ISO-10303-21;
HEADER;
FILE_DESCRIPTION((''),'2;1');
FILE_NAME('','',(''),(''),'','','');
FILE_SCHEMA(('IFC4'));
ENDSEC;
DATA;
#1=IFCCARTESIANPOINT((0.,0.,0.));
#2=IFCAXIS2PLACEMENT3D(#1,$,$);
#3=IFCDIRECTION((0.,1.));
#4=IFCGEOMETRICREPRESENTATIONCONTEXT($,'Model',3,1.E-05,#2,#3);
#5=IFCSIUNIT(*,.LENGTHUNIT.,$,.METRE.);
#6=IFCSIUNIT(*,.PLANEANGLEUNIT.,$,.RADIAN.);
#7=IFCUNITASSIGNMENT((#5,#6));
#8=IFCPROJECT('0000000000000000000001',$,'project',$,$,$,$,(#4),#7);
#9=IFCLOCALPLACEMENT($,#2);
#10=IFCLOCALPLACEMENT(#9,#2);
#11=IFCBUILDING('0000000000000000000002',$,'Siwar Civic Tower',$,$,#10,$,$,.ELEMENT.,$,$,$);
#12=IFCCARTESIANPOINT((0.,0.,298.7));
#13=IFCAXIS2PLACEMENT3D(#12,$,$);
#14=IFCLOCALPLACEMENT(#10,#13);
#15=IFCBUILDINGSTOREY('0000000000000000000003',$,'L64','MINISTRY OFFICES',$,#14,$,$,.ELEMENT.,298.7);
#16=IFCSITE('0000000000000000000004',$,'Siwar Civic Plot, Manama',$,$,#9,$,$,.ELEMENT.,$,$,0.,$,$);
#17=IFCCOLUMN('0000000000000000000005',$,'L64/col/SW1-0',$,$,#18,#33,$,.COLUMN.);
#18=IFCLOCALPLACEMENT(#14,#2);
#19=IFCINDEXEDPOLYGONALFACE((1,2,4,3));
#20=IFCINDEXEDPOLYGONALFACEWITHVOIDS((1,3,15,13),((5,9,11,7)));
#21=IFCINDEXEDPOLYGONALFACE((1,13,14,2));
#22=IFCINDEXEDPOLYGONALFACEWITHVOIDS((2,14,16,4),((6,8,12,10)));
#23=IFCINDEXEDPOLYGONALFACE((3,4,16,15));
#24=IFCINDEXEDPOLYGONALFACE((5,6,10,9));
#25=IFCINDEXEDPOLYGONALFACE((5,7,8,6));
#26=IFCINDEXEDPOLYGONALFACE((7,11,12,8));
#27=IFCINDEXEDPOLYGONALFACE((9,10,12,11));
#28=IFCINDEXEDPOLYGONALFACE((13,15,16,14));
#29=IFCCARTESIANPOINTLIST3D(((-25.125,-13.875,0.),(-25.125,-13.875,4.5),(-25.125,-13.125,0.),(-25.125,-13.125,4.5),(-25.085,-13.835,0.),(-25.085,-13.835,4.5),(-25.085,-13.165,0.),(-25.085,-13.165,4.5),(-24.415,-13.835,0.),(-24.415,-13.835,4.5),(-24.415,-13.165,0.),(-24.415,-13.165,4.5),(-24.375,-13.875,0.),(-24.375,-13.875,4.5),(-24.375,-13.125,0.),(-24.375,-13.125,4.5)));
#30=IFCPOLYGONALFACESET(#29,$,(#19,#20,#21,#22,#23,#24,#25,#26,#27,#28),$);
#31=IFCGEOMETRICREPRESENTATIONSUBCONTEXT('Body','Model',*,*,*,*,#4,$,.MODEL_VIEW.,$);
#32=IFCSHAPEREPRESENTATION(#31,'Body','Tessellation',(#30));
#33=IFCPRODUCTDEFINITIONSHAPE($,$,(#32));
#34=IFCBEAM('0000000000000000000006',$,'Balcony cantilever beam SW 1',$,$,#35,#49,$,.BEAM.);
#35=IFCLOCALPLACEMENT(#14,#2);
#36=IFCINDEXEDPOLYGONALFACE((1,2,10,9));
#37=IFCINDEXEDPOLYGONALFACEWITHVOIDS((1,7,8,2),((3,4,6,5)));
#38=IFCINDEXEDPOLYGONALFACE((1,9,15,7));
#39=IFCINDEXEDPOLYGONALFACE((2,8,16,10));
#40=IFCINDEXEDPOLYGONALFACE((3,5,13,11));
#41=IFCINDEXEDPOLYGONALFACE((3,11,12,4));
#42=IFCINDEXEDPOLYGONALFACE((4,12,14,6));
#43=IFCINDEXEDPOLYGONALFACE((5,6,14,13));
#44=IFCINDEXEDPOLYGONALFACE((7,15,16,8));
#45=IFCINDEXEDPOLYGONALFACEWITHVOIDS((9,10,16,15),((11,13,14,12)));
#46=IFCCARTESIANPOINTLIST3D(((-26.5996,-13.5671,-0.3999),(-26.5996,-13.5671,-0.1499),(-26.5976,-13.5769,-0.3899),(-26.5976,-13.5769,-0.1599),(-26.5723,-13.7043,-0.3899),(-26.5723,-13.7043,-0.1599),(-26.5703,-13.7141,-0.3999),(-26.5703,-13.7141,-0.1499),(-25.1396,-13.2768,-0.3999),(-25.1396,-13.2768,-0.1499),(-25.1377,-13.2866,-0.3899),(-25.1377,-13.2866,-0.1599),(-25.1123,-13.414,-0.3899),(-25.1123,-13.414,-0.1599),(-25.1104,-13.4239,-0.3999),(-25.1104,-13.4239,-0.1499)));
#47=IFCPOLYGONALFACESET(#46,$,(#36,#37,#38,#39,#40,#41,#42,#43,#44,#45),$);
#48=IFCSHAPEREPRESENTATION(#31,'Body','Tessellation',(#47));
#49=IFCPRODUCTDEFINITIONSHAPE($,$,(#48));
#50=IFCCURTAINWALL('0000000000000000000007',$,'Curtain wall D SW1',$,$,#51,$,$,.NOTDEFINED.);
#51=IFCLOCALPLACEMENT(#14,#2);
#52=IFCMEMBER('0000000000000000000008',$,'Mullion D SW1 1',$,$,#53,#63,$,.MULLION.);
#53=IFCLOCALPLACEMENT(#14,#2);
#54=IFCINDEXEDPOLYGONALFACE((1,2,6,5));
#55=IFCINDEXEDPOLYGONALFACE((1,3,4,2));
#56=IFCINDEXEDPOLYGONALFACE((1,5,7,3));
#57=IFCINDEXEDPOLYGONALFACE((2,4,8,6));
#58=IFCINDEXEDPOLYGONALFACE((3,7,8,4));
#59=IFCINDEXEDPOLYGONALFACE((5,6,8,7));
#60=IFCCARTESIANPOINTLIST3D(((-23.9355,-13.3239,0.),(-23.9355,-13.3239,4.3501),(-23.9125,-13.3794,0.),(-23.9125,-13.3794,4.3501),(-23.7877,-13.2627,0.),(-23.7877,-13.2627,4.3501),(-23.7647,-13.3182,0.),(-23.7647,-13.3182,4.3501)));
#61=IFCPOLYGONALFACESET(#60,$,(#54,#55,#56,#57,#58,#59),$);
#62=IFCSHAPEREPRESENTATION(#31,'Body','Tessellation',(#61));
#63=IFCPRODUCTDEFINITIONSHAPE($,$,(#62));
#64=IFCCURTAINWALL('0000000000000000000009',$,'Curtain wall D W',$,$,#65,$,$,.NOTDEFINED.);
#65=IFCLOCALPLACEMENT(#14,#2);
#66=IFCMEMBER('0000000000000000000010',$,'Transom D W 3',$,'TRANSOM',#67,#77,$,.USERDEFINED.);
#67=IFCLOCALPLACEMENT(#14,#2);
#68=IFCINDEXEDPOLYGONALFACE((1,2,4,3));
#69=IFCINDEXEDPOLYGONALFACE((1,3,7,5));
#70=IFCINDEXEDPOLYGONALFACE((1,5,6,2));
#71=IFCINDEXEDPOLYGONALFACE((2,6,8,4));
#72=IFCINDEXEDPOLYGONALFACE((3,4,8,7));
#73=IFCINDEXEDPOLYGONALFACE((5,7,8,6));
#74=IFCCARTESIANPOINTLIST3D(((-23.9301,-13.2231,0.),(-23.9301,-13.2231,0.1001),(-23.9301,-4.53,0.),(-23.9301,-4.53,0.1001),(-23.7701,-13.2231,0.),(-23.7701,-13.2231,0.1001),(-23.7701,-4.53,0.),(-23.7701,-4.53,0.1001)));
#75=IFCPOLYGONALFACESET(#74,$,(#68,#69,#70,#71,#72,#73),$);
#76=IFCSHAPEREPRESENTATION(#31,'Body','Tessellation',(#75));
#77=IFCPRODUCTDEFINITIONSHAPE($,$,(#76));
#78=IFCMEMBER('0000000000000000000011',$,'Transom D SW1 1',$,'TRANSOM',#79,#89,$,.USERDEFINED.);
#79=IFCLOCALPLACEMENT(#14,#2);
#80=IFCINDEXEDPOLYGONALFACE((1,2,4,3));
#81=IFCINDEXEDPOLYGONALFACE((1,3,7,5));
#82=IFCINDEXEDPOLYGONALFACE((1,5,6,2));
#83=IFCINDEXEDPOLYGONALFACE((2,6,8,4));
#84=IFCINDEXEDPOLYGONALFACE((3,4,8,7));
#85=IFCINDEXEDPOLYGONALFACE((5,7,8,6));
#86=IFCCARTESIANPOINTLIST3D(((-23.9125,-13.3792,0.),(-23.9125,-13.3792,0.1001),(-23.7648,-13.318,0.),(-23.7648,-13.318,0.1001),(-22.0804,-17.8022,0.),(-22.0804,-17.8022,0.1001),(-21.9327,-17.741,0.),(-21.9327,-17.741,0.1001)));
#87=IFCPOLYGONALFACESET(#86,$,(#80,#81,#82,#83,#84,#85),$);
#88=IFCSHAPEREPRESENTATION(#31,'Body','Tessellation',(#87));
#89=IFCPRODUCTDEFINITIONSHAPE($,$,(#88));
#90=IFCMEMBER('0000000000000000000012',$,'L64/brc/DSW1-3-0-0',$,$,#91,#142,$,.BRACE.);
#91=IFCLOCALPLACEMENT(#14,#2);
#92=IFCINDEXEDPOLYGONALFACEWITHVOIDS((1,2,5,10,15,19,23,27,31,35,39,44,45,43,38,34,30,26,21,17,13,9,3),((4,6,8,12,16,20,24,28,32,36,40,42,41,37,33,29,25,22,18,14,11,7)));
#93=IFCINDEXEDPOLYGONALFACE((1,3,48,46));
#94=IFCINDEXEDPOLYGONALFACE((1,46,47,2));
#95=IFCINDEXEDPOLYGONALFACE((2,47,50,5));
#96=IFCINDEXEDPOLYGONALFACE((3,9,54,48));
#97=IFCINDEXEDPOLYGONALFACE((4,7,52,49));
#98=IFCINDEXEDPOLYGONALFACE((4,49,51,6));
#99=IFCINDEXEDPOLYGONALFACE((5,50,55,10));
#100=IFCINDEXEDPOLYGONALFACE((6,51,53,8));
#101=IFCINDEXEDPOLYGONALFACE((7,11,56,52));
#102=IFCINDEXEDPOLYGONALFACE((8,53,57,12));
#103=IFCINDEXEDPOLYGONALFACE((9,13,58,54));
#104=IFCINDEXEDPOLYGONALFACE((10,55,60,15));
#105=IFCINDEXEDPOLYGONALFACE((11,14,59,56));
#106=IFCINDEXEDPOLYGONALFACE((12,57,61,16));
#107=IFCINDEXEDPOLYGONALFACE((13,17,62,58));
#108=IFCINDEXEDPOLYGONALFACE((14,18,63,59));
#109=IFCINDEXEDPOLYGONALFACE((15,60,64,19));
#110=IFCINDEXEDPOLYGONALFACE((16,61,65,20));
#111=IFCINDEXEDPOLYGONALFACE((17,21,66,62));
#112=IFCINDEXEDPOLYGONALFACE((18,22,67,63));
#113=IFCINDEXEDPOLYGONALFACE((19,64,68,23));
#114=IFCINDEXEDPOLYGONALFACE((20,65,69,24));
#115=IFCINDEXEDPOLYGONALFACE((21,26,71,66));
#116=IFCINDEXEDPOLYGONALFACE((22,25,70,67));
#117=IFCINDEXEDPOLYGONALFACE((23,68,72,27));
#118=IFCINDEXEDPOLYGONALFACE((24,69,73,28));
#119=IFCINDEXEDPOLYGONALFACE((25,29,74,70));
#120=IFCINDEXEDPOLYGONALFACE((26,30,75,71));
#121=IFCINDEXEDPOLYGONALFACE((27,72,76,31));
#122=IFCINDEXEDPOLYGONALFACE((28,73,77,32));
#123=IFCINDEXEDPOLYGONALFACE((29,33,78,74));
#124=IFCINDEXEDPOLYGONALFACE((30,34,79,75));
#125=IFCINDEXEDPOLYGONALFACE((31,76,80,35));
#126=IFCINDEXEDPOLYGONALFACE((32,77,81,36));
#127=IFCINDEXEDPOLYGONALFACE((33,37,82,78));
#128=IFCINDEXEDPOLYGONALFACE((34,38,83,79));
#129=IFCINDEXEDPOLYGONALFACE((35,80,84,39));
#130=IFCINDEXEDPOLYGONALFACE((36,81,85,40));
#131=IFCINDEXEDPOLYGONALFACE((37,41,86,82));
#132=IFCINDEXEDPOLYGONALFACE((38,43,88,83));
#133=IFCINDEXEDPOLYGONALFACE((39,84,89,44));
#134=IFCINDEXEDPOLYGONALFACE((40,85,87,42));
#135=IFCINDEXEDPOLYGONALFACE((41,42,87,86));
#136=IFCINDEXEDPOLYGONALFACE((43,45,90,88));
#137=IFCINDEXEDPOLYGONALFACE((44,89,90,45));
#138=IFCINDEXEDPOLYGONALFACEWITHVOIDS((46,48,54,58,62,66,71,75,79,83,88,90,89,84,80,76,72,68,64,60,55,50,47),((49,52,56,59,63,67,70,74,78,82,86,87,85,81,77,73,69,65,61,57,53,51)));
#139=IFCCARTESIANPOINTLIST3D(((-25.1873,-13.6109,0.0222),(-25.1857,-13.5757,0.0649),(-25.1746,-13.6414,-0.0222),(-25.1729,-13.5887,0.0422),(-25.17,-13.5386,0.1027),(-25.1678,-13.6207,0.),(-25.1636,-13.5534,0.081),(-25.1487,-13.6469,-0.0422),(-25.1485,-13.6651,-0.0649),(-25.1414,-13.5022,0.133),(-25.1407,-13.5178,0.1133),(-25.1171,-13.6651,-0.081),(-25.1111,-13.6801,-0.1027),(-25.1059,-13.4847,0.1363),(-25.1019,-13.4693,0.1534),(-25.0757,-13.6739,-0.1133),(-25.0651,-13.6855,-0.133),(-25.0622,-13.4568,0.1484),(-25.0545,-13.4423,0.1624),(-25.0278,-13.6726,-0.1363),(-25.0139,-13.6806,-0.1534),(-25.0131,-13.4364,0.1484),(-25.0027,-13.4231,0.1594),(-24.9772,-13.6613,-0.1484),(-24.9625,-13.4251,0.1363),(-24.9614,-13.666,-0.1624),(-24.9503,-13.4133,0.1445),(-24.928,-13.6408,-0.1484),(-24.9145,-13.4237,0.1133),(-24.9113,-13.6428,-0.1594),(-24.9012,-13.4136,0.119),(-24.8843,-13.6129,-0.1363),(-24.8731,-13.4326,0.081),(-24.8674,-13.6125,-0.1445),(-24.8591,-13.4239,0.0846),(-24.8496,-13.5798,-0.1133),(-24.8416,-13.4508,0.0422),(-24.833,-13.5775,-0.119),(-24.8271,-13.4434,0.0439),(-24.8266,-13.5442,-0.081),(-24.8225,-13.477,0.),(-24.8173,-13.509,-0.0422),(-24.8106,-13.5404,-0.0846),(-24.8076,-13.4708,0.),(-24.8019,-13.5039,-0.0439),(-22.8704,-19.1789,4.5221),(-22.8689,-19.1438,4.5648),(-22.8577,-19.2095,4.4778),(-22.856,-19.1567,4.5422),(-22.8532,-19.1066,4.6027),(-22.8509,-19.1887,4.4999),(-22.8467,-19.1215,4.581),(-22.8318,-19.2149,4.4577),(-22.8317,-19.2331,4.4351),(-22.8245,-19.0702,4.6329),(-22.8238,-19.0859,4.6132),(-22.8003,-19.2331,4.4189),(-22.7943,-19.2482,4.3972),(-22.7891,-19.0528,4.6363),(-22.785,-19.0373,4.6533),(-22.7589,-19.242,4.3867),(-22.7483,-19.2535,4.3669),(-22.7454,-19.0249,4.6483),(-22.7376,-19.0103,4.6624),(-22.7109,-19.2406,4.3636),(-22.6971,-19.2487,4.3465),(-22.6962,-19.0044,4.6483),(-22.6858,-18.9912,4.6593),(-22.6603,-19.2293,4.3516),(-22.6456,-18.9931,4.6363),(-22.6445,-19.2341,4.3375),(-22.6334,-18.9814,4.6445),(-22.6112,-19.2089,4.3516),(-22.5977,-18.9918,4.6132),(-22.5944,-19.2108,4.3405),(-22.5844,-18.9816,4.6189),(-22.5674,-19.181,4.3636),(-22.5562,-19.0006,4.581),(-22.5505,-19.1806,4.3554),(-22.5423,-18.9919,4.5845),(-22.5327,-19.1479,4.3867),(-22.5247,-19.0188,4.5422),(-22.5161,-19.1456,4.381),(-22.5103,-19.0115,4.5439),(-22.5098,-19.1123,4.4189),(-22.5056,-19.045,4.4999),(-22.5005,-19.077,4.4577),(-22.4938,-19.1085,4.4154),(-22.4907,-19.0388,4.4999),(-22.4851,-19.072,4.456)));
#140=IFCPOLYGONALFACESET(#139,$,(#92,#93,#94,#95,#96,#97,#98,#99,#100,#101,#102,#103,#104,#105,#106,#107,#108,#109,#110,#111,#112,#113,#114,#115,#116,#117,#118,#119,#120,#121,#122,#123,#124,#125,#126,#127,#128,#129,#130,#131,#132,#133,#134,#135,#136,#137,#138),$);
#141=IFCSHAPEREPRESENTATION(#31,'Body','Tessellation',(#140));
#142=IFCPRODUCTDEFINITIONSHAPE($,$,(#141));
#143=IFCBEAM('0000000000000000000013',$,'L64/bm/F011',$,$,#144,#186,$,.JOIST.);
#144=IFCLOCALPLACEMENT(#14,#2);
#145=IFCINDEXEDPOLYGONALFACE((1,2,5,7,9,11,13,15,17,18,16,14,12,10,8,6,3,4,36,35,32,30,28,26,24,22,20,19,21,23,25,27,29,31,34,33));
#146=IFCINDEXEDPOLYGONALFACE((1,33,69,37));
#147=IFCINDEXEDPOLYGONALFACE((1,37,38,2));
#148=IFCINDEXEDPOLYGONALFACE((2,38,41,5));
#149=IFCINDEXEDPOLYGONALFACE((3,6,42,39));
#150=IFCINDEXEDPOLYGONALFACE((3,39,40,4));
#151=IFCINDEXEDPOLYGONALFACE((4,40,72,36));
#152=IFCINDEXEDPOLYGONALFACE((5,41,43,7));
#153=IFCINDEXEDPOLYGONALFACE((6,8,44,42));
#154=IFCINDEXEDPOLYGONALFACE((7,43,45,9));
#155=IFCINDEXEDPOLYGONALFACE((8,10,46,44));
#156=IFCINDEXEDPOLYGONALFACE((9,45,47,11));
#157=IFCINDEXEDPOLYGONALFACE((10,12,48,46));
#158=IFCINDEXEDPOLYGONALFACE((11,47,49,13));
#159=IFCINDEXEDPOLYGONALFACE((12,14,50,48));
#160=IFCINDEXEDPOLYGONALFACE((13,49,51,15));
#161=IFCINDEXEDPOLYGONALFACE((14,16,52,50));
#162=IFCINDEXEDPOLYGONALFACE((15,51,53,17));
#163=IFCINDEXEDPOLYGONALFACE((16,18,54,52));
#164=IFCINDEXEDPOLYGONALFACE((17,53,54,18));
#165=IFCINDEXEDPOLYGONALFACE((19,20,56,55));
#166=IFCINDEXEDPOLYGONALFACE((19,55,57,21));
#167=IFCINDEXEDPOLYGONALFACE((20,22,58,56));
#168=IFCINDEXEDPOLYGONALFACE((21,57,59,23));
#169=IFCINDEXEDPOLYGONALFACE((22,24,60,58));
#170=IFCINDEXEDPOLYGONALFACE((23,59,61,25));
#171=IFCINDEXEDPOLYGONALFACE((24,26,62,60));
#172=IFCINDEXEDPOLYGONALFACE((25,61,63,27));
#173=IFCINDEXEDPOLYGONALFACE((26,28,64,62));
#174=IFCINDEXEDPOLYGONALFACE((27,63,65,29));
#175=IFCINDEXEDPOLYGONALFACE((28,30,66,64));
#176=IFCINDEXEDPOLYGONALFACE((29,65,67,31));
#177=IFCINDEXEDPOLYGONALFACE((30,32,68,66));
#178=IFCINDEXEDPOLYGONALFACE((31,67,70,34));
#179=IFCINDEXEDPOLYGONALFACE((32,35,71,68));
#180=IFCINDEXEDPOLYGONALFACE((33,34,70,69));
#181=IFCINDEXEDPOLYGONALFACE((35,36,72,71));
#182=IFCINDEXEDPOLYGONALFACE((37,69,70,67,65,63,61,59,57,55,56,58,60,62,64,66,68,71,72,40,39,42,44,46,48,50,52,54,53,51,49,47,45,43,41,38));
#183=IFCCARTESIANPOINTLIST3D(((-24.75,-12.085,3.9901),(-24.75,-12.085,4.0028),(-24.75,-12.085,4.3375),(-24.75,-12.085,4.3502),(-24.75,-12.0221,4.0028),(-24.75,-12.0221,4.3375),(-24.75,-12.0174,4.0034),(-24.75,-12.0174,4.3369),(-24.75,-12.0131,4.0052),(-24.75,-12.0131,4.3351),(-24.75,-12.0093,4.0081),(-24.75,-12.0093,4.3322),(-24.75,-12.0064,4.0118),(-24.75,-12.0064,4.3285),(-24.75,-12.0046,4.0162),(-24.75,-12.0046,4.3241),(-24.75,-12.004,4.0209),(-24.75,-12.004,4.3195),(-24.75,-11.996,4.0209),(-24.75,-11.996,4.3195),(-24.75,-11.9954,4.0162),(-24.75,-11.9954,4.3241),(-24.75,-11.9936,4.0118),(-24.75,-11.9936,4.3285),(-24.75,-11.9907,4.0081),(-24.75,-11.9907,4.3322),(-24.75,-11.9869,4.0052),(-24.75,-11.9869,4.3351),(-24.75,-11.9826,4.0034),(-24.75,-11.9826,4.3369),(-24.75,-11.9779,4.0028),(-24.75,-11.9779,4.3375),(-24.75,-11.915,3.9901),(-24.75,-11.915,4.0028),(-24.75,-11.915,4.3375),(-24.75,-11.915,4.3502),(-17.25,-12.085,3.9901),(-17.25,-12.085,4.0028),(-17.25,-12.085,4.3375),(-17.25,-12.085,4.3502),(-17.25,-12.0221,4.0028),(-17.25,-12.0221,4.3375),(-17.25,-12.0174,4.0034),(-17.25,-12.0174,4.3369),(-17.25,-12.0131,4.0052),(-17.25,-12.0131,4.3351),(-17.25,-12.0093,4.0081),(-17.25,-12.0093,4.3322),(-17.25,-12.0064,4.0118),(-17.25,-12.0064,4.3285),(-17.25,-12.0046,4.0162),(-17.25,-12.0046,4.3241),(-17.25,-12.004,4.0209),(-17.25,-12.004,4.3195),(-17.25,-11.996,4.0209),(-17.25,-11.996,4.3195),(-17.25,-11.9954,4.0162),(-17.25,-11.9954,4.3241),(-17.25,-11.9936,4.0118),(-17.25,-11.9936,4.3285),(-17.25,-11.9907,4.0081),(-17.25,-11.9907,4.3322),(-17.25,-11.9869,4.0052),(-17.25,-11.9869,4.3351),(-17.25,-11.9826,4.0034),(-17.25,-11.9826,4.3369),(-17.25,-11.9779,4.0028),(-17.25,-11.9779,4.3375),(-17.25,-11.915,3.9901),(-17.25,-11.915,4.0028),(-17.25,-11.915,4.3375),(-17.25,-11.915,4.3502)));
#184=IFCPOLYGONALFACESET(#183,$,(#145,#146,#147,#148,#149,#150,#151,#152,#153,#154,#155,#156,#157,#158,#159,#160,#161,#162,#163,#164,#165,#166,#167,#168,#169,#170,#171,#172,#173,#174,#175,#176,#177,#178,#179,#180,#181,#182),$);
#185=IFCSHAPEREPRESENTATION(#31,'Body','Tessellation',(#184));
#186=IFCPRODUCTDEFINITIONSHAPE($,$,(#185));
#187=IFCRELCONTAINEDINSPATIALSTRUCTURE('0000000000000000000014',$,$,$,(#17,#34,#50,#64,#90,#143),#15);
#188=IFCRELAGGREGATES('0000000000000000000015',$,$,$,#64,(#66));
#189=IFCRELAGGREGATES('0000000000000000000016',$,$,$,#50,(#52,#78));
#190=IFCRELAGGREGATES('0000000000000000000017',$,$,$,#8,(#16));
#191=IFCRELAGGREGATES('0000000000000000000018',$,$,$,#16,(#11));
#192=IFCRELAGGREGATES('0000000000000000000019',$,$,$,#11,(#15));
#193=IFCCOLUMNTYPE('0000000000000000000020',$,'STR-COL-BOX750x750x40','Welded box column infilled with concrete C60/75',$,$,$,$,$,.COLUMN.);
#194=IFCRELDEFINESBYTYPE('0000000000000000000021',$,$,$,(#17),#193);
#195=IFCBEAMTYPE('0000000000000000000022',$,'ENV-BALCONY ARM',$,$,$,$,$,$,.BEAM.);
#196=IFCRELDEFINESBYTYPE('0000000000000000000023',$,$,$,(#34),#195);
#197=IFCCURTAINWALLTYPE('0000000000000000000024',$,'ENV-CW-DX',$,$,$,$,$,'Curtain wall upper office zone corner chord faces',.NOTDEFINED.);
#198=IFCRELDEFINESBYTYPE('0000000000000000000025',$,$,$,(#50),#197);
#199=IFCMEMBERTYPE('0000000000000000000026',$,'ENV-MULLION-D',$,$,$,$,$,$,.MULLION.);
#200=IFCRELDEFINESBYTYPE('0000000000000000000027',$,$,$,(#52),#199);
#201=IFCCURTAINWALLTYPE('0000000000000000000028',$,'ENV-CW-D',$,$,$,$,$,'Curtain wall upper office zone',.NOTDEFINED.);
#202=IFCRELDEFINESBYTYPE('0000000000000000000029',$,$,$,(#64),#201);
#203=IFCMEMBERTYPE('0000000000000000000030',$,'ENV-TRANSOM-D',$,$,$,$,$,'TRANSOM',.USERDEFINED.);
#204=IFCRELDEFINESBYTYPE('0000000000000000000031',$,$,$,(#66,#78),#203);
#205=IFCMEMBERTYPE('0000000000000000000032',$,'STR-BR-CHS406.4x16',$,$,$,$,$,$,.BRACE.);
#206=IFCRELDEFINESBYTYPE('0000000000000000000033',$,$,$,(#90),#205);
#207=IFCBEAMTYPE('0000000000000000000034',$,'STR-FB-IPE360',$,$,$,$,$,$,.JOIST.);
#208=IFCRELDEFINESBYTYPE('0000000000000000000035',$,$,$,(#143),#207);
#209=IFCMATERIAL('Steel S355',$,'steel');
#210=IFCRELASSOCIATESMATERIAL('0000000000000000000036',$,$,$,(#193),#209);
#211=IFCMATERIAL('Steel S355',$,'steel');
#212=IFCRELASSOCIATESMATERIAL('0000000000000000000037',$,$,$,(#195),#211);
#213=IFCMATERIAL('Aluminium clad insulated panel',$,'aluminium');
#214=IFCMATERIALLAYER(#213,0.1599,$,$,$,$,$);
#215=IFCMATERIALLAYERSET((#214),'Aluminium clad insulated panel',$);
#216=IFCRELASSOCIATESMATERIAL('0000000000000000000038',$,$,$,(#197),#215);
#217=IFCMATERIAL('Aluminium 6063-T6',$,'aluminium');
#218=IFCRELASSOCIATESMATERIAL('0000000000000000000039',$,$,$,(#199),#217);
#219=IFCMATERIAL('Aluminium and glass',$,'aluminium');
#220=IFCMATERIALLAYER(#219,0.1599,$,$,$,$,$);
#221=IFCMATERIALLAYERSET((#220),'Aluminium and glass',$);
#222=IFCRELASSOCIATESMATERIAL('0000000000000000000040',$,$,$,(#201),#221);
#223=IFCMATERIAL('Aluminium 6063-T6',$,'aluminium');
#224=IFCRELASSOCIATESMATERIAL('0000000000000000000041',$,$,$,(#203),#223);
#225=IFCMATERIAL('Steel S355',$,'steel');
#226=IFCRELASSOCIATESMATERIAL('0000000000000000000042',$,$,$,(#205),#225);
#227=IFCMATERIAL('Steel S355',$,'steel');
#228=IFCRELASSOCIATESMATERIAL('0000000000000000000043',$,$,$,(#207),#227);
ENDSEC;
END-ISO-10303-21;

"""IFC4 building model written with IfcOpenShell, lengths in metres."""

from ifc_helpers import new_model, si_unit, direction, frame, origin, origin_2d, place, context, subcontext, project, spatial, rectangle, hollow_rectangle, hollow_circle, i_section, extrude, material, layer, layer_set, material_profile, profile_set, type_object, element, aggregate, save


model = new_model("IFC4")

# Units and contexts
model_context = context("Model", 3, precision=1e-05, world=origin(), true_north=direction((0.0, 1.0)))
body_context = subcontext(model_context, "Body", "Model", "MODEL_VIEW")
ifc_project = project(units=[si_unit("LENGTHUNIT", "METRE"), si_unit("PLANEANGLEUNIT", "RADIAN")], contexts=[model_context])

# Site, building, storey
site_placement = place(None, origin())
site = spatial("IfcSite", under=ifc_project, at=site_placement, Name="Siwar Civic Plot, Manama", CompositionType="ELEMENT", RefElevation=0.0)
building_placement = place(site_placement, origin())
building = spatial("IfcBuilding", under=site, at=building_placement, Name="Siwar Civic Tower", CompositionType="ELEMENT")
storey_placement = place(building_placement, frame((0.0, 0.0, 298.7)))
storey = spatial("IfcBuildingStorey", under=building, at=storey_placement, Name="L64", Description="MINISTRY OFFICES", CompositionType="ELEMENT", Elevation=298.7)

# Column
ifc_material_1 = material(Name="Steel S355", Category="steel")
ifc_material_profile_1 = material_profile(ifc_material_1, hollow_rectangle(XDim=0.75, YDim=0.75, WallThickness=0.04, at=origin_2d()), Name="BOX750x750x40")
ifc_profile_set_1 = profile_set([ifc_material_profile_1], Name="Steel S355")
column_type = type_object("IfcColumnType", Name="STR-COL-BOX750x750x40", Description="Welded box column infilled with concrete C60/75", PredefinedType="COLUMN", material=ifc_profile_set_1)
column_placement = place(storey_placement, frame((-24.75, -13.5, 0.0), z_axis=(0.0, 0.0, 1.0), x_axis=(1.0, 0.0, 0.0)))
element("IfcColumn", 1, at=column_placement, inside=storey, type_object=column_type, Name="L64/col/SW1-0", PredefinedType="COLUMN", context=body_context, shape_type="SweptSolid", body=[
    extrude(hollow_rectangle(XDim=0.75, YDim=0.75, WallThickness=0.04, at=origin_2d()), origin(), (0.0, 0.0, 1.0), 4.5),
])

# Beam
ifc_material_2 = material(Name="Steel S355", Category="steel")
ifc_material_profile_2 = material_profile(ifc_material_2, hollow_rectangle(XDim=0.1499, YDim=0.25, WallThickness=0.01, at=origin_2d()), Name="RHS250x150x10")
ifc_profile_set_2 = profile_set([ifc_material_profile_2], Name="Steel S355")
beam_type_1 = type_object("IfcBeamType", Name="ENV-BALCONY ARM", PredefinedType="BEAM", material=ifc_profile_set_2)
beam_1_placement = place(storey_placement, frame((-25.125, -13.3503, -0.2749), z_axis=(-0.980801, -0.195012, 0.0), x_axis=(0.195012, -0.980801, 0.0)))
element("IfcBeam", 2, at=beam_1_placement, inside=storey, type_object=beam_type_1, Name="Balcony cantilever beam SW 1", PredefinedType="BEAM", context=body_context, shape_type="SweptSolid", body=[
    extrude(hollow_rectangle(XDim=0.1499, YDim=0.25, WallThickness=0.01, at=origin_2d()), origin(), (0.0, 0.0, 1.0), 1.4885),
])

# Curtain walls, members
ifc_material_3 = material(Name="Aluminium clad insulated panel", Category="aluminium")
ifc_layer_1 = layer(ifc_material_3, 0.1599)
ifc_layer_set_1 = layer_set([ifc_layer_1], Name="Aluminium clad insulated panel")
curtain_wall_type_1 = type_object("IfcCurtainWallType", Name="ENV-CW-DX", ElementType="Curtain wall upper office zone corner chord faces", PredefinedType="NOTDEFINED", material=ifc_layer_set_1)
curtain_wall_1_placement = place(storey_placement, origin())
curtain_wall_1 = element("IfcCurtainWall", 3, at=curtain_wall_1_placement, inside=storey, type_object=curtain_wall_type_1, Name="Curtain wall D SW1", PredefinedType="NOTDEFINED")
ifc_material_4 = material(Name="Aluminium 6063-T6", Category="aluminium")
ifc_material_profile_3 = material_profile(ifc_material_4, rectangle(XDim=0.1599, YDim=0.0601, at=origin_2d()), Name="AL 160x60")
ifc_profile_set_3 = profile_set([ifc_material_profile_3], Name="Aluminium 6063-T6")
member_type_1 = type_object("IfcMemberType", Name="ENV-MULLION-D", PredefinedType="MULLION", material=ifc_profile_set_3)
member_1_placement = place(storey_placement, frame((-23.8501, -13.321, 0.0), z_axis=(0.0, 0.0, 1.0), x_axis=(0.92388, 0.382683, 0.0)))
member_1 = element("IfcMember", 4, at=member_1_placement, type_object=member_type_1, Name="Mullion D SW1 1", PredefinedType="MULLION", context=body_context, shape_type="SweptSolid", body=[
    extrude(rectangle(XDim=0.1599, YDim=0.0601, at=origin_2d()), origin(), (0.0, 0.0, 1.0), 4.3501),
])
ifc_material_5 = material(Name="Aluminium and glass", Category="aluminium")
ifc_layer_2 = layer(ifc_material_5, 0.1599)
ifc_layer_set_2 = layer_set([ifc_layer_2], Name="Aluminium and glass")
curtain_wall_type_2 = type_object("IfcCurtainWallType", Name="ENV-CW-D", ElementType="Curtain wall upper office zone", PredefinedType="NOTDEFINED", material=ifc_layer_set_2)
curtain_wall_2_placement = place(storey_placement, origin())
curtain_wall_2 = element("IfcCurtainWall", 5, at=curtain_wall_2_placement, inside=storey, type_object=curtain_wall_type_2, Name="Curtain wall D W", PredefinedType="NOTDEFINED")
ifc_material_6 = material(Name="Aluminium 6063-T6", Category="aluminium")
ifc_material_profile_4 = material_profile(ifc_material_6, rectangle(XDim=0.1599, YDim=0.1001, at=origin_2d()), Name="AL 160x100")
ifc_profile_set_4 = profile_set([ifc_material_profile_4], Name="Aluminium 6063-T6")
member_type_2 = type_object("IfcMemberType", Name="ENV-TRANSOM-D", ElementType="TRANSOM", PredefinedType="USERDEFINED", material=ifc_profile_set_4)
member_2_placement = place(storey_placement, frame((-23.8501, -4.53, 0.05), z_axis=(0.0, -1.0, 0.0), x_axis=(1.0, 0.0, 0.0)))
member_2 = element("IfcMember", 6, at=member_2_placement, type_object=member_type_2, Name="Transom D W 3", ObjectType="TRANSOM", PredefinedType="USERDEFINED", context=body_context, shape_type="SweptSolid", body=[
    extrude(rectangle(XDim=0.1599, YDim=0.1001, at=origin_2d()), origin(), (0.0, 0.0, 1.0), 8.6931),
])

# Members
member_3_placement = place(storey_placement, frame((-23.8386, -13.3486, 0.05), z_axis=(0.382688, -0.923878, 0.0), x_axis=(0.923878, 0.382688, 0.0)))
member_3 = element("IfcMember", 7, at=member_3_placement, type_object=member_type_2, Name="Transom D SW1 1", ObjectType="TRANSOM", PredefinedType="USERDEFINED", context=body_context, shape_type="SweptSolid", body=[
    extrude(rectangle(XDim=0.1599, YDim=0.1001, at=origin_2d()), origin(), (0.0, 0.0, 1.0), 4.7874),
])
ifc_material_7 = material(Name="Steel S355", Category="steel")
ifc_material_profile_5 = material_profile(ifc_material_7, hollow_circle(Radius=0.2031, WallThickness=0.0161, at=origin_2d()), Name="CHS406.4x16")
ifc_profile_set_5 = profile_set([ifc_material_profile_5], Name="Steel S355")
member_type_3 = type_object("IfcMemberType", Name="STR-BR-CHS406.4x16", PredefinedType="BRACE", material=ifc_profile_set_5)
member_4_placement = place(storey_placement, frame((-24.9951, -13.5488, 0.0), z_axis=(0.307903, -0.739973, 0.598026), x_axis=(0.923262, 0.38417, 0.0)))
element("IfcMember", 8, at=member_4_placement, inside=storey, type_object=member_type_3, Name="L64/brc/DSW1-3-0-0", PredefinedType="BRACE", context=body_context, shape_type="SweptSolid", body=[
    extrude(hollow_circle(Radius=0.2031, WallThickness=0.0161, at=origin_2d()), origin(), (0.0, 0.0, 1.0), 7.5247),
])

# Beam
ifc_material_8 = material(Name="Steel S355", Category="steel")
ifc_material_profile_6 = material_profile(ifc_material_8, i_section(OverallWidth=0.1699, OverallDepth=0.3601, WebThickness=0.0081, FlangeThickness=0.0127, FilletRadius=0.0181, at=origin_2d()), Name="IPE360")
ifc_profile_set_6 = profile_set([ifc_material_profile_6], Name="Steel S355")
beam_type_2 = type_object("IfcBeamType", Name="STR-FB-IPE360", PredefinedType="JOIST", material=ifc_profile_set_6)
for number, where, z_axis, x_axis, name in (
    (9, (-24.75, -12.0, 4.1702), (1.0, 0.0, 0.0), (0.0, 1.0, 0.0), "L64/bm/F011"),
):
    element("IfcBeam", number, at=place(storey_placement, frame(where, z_axis=z_axis, x_axis=x_axis)), inside=storey, type_object=beam_type_2, Name=name, PredefinedType="JOIST", context=body_context, shape_type="SweptSolid", body=[
        extrude(i_section(OverallWidth=0.1699, OverallDepth=0.3601, WebThickness=0.0081, FlangeThickness=0.0127, FilletRadius=0.0181, at=origin_2d()), origin(), (0.0, 0.0, 1.0), 7.5),
    ])

aggregate(curtain_wall_2, [member_2])
aggregate(curtain_wall_1, [member_1, member_3])

save(model, "model.ifc")
